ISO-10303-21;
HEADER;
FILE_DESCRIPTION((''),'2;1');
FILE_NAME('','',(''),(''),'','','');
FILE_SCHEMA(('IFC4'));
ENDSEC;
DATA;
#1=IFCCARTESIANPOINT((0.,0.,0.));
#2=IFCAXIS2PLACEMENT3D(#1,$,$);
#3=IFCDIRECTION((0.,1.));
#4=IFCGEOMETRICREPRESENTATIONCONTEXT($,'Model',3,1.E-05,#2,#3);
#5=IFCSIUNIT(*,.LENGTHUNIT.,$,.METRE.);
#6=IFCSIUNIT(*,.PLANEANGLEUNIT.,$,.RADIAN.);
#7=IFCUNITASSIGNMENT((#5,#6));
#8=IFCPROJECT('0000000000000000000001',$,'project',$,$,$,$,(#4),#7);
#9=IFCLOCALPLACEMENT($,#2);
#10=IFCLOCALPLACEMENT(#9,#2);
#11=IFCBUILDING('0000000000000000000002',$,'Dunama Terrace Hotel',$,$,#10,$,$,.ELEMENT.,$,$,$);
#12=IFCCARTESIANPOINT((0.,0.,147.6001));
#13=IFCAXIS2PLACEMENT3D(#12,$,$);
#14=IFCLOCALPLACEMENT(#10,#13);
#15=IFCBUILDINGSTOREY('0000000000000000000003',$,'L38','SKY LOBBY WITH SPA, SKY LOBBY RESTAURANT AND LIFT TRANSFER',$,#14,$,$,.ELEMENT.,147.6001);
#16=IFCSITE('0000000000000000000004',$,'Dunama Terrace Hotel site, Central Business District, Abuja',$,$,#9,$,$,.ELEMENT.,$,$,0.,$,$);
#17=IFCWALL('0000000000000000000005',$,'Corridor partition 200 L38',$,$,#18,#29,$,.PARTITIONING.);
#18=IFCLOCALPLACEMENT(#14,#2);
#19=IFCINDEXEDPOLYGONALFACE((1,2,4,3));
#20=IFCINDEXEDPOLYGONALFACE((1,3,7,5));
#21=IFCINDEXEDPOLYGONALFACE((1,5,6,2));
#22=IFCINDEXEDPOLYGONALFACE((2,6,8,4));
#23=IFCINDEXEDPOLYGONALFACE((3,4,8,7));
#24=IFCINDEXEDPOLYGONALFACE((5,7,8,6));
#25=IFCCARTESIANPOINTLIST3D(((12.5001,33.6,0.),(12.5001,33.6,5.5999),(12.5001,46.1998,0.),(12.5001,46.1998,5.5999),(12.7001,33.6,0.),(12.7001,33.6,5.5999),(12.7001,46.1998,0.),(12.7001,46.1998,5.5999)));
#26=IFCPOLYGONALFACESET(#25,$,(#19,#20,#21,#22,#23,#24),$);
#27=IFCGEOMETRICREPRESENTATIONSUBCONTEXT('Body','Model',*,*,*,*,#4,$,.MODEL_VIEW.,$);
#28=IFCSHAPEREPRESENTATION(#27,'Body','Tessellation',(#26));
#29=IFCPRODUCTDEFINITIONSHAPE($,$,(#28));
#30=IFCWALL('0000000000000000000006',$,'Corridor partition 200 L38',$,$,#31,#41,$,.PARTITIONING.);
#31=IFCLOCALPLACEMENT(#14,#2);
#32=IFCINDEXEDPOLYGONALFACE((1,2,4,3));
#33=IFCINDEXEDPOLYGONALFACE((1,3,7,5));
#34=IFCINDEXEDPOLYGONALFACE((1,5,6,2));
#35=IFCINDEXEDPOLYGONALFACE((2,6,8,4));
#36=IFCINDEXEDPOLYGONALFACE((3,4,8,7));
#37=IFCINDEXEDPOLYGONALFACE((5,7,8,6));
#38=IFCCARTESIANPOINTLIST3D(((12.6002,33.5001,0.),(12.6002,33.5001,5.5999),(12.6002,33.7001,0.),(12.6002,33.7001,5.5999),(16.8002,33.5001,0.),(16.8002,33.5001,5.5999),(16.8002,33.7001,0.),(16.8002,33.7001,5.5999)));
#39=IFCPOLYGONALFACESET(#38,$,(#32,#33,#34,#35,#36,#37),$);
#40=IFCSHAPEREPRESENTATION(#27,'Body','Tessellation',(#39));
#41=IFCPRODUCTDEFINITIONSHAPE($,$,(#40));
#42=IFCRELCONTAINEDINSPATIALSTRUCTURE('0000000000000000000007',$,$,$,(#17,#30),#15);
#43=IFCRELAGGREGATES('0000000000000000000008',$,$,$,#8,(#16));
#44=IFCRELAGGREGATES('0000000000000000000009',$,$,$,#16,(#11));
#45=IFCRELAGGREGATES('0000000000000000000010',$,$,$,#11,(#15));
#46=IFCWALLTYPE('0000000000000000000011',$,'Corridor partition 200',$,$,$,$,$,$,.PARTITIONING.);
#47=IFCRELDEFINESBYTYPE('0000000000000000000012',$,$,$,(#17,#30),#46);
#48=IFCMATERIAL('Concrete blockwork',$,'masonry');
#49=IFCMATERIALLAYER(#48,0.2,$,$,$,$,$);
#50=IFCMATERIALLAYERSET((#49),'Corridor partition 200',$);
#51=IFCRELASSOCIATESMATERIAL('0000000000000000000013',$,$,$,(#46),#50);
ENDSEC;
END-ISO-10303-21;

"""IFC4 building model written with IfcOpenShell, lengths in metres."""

from ifc_helpers import new_model, si_unit, direction, frame, frame_2d, origin, place, context, subcontext, project, spatial, rectangle, extrude, material, layer, layer_set, type_object, element, save


model = new_model("IFC4")

# Units and contexts
model_context = context("Model", 3, precision=1e-05, world=origin(), true_north=direction((0.0, 1.0)))
body_context = subcontext(model_context, "Body", "Model", "MODEL_VIEW")
ifc_project = project(units=[si_unit("LENGTHUNIT", "METRE"), si_unit("PLANEANGLEUNIT", "RADIAN")], contexts=[model_context])

# Site, building, storey
site_placement = place(None, origin())
site = spatial("IfcSite", under=ifc_project, at=site_placement, Name="Dunama Terrace Hotel site, Central Business District, Abuja", CompositionType="ELEMENT", RefElevation=0.0)
building_placement = place(site_placement, origin())
building = spatial("IfcBuilding", under=site, at=building_placement, Name="Dunama Terrace Hotel", CompositionType="ELEMENT")
storey_placement = place(building_placement, frame((0.0, 0.0, 147.6001)))
storey = spatial("IfcBuildingStorey", under=building, at=storey_placement, Name="L38", Description="SKY LOBBY WITH SPA, SKY LOBBY RESTAURANT AND LIFT TRANSFER", CompositionType="ELEMENT", Elevation=147.6001)

# Walls
ifc_material_1 = material(Name="Concrete blockwork", Category="masonry")
ifc_layer_1 = layer(ifc_material_1, 0.2)
ifc_layer_set_1 = layer_set([ifc_layer_1], Name="Corridor partition 200")
wall_type_1 = type_object("IfcWallType", Name="Corridor partition 200", PredefinedType="PARTITIONING", material=ifc_layer_set_1)
wall_1_placement = place(storey_placement, frame((12.6001, 33.6001, 0.0), z_axis=(0.0, 0.0, 1.0), x_axis=(0.0, 1.0, 0.0)))
element("IfcWall", 1, at=wall_1_placement, inside=storey, type_object=wall_type_1, Name="Corridor partition 200 L38", PredefinedType="PARTITIONING", context=body_context, shape_type="SweptSolid", body=[
    extrude(rectangle(XDim=12.5999, YDim=0.2, at=frame_2d((6.2998, 0.0))), origin(), (0.0, 0.0, 1.0), 5.5999),
])
wall_2_placement = place(storey_placement, frame((12.6001, 33.6001, 0.0), z_axis=(0.0, 0.0, 1.0), x_axis=(1.0, 0.0, 0.0)))
element("IfcWall", 2, at=wall_2_placement, inside=storey, type_object=wall_type_1, Name="Corridor partition 200 L38", PredefinedType="PARTITIONING", context=body_context, shape_type="SweptSolid", body=[
    extrude(rectangle(XDim=4.2, YDim=0.2, at=frame_2d((2.1001, 0.0))), origin(), (0.0, 0.0, 1.0), 5.5999),
])

save(model, "model.ifc")
